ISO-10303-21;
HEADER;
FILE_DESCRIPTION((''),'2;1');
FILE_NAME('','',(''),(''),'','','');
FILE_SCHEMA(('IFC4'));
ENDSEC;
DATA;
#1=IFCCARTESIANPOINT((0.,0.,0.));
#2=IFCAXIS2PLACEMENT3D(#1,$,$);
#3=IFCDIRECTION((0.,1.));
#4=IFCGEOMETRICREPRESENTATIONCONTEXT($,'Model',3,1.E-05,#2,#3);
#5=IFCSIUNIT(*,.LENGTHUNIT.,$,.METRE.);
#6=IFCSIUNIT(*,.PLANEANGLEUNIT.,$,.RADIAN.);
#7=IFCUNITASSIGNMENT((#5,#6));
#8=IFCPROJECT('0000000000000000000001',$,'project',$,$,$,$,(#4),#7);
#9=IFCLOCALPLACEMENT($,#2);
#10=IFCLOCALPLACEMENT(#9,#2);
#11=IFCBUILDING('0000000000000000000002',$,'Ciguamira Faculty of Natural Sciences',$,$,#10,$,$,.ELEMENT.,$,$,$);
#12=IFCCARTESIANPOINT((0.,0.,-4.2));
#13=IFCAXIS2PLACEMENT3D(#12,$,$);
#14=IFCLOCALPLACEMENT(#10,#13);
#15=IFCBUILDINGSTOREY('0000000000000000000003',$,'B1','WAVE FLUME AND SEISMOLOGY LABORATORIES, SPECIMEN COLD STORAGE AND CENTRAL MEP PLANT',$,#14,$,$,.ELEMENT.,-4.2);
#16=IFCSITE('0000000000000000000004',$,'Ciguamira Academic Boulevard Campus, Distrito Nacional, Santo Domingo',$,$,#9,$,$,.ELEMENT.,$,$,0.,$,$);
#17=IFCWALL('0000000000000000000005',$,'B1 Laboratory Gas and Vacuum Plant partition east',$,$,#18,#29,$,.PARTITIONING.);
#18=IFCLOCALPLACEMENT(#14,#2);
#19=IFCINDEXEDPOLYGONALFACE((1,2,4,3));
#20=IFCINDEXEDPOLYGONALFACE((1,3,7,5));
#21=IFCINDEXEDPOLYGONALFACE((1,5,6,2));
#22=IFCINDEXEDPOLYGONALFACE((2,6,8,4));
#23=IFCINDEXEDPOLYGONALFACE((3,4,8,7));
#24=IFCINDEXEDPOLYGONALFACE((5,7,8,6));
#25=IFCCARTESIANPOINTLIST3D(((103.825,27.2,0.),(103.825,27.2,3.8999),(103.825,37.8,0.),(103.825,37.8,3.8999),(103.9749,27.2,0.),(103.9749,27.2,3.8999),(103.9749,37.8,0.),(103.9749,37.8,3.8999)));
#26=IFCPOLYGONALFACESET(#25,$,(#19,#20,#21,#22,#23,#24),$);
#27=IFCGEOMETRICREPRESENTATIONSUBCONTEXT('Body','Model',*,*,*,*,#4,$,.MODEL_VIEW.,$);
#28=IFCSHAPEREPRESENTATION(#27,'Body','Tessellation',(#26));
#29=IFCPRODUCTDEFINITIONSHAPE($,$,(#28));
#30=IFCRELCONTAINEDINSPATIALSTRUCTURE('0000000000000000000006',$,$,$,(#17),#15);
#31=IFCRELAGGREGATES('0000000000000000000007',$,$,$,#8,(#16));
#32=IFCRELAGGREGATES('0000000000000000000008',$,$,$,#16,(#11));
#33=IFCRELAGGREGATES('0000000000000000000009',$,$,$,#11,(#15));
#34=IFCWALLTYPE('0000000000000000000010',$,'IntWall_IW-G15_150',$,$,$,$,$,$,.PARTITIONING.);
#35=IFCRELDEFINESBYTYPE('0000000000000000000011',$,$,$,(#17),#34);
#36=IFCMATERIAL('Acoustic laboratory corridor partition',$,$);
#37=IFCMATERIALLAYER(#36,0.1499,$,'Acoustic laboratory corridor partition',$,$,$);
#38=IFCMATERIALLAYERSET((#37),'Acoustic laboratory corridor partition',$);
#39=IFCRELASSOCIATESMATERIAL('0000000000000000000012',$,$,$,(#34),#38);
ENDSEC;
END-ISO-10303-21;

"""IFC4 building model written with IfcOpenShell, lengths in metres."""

from ifc_helpers import new_model, si_unit, direction, frame, frame_2d, origin, place, context, subcontext, project, spatial, rectangle, extrude, material, layer, layer_set, type_object, element, save


model = new_model("IFC4")

# Units and contexts
model_context = context("Model", 3, precision=1e-05, world=origin(), true_north=direction((0.0, 1.0)))
body_context = subcontext(model_context, "Body", "Model", "MODEL_VIEW")
ifc_project = project(units=[si_unit("LENGTHUNIT", "METRE"), si_unit("PLANEANGLEUNIT", "RADIAN")], contexts=[model_context])

# Site, building, storey
site_placement = place(None, origin())
site = spatial("IfcSite", under=ifc_project, at=site_placement, Name="Ciguamira Academic Boulevard Campus, Distrito Nacional, Santo Domingo", CompositionType="ELEMENT", RefElevation=0.0)
building_placement = place(site_placement, origin())
building = spatial("IfcBuilding", under=site, at=building_placement, Name="Ciguamira Faculty of Natural Sciences", CompositionType="ELEMENT")
storey_placement = place(building_placement, frame((0.0, 0.0, -4.2)))
storey = spatial("IfcBuildingStorey", under=building, at=storey_placement, Name="B1", Description="WAVE FLUME AND SEISMOLOGY LABORATORIES, SPECIMEN COLD STORAGE AND CENTRAL MEP PLANT", CompositionType="ELEMENT", Elevation=-4.2)

# Wall
ifc_material_1 = material(Name="Acoustic laboratory corridor partition")
ifc_layer = layer(ifc_material_1, 0.1499, Name="Acoustic laboratory corridor partition")
ifc_layer_set = layer_set([ifc_layer], Name="Acoustic laboratory corridor partition")
wall_type = type_object("IfcWallType", Name="IntWall_IW-G15_150", PredefinedType="PARTITIONING", material=ifc_layer_set)
wall_placement = place(storey_placement, frame((103.8999, 27.2, 0.0), z_axis=(0.0, 0.0, 1.0), x_axis=(0.0, 1.0, 0.0)))
element("IfcWall", 1, at=wall_placement, inside=storey, type_object=wall_type, Name="B1 Laboratory Gas and Vacuum Plant partition east", PredefinedType="PARTITIONING", context=body_context, shape_type="SweptSolid", body=[
    extrude(rectangle(XDim=10.6001, YDim=0.1499, at=frame_2d((5.3, 0.0))), origin(), (0.0, 0.0, 1.0), 3.8999),
])

save(model, "model.ifc")
